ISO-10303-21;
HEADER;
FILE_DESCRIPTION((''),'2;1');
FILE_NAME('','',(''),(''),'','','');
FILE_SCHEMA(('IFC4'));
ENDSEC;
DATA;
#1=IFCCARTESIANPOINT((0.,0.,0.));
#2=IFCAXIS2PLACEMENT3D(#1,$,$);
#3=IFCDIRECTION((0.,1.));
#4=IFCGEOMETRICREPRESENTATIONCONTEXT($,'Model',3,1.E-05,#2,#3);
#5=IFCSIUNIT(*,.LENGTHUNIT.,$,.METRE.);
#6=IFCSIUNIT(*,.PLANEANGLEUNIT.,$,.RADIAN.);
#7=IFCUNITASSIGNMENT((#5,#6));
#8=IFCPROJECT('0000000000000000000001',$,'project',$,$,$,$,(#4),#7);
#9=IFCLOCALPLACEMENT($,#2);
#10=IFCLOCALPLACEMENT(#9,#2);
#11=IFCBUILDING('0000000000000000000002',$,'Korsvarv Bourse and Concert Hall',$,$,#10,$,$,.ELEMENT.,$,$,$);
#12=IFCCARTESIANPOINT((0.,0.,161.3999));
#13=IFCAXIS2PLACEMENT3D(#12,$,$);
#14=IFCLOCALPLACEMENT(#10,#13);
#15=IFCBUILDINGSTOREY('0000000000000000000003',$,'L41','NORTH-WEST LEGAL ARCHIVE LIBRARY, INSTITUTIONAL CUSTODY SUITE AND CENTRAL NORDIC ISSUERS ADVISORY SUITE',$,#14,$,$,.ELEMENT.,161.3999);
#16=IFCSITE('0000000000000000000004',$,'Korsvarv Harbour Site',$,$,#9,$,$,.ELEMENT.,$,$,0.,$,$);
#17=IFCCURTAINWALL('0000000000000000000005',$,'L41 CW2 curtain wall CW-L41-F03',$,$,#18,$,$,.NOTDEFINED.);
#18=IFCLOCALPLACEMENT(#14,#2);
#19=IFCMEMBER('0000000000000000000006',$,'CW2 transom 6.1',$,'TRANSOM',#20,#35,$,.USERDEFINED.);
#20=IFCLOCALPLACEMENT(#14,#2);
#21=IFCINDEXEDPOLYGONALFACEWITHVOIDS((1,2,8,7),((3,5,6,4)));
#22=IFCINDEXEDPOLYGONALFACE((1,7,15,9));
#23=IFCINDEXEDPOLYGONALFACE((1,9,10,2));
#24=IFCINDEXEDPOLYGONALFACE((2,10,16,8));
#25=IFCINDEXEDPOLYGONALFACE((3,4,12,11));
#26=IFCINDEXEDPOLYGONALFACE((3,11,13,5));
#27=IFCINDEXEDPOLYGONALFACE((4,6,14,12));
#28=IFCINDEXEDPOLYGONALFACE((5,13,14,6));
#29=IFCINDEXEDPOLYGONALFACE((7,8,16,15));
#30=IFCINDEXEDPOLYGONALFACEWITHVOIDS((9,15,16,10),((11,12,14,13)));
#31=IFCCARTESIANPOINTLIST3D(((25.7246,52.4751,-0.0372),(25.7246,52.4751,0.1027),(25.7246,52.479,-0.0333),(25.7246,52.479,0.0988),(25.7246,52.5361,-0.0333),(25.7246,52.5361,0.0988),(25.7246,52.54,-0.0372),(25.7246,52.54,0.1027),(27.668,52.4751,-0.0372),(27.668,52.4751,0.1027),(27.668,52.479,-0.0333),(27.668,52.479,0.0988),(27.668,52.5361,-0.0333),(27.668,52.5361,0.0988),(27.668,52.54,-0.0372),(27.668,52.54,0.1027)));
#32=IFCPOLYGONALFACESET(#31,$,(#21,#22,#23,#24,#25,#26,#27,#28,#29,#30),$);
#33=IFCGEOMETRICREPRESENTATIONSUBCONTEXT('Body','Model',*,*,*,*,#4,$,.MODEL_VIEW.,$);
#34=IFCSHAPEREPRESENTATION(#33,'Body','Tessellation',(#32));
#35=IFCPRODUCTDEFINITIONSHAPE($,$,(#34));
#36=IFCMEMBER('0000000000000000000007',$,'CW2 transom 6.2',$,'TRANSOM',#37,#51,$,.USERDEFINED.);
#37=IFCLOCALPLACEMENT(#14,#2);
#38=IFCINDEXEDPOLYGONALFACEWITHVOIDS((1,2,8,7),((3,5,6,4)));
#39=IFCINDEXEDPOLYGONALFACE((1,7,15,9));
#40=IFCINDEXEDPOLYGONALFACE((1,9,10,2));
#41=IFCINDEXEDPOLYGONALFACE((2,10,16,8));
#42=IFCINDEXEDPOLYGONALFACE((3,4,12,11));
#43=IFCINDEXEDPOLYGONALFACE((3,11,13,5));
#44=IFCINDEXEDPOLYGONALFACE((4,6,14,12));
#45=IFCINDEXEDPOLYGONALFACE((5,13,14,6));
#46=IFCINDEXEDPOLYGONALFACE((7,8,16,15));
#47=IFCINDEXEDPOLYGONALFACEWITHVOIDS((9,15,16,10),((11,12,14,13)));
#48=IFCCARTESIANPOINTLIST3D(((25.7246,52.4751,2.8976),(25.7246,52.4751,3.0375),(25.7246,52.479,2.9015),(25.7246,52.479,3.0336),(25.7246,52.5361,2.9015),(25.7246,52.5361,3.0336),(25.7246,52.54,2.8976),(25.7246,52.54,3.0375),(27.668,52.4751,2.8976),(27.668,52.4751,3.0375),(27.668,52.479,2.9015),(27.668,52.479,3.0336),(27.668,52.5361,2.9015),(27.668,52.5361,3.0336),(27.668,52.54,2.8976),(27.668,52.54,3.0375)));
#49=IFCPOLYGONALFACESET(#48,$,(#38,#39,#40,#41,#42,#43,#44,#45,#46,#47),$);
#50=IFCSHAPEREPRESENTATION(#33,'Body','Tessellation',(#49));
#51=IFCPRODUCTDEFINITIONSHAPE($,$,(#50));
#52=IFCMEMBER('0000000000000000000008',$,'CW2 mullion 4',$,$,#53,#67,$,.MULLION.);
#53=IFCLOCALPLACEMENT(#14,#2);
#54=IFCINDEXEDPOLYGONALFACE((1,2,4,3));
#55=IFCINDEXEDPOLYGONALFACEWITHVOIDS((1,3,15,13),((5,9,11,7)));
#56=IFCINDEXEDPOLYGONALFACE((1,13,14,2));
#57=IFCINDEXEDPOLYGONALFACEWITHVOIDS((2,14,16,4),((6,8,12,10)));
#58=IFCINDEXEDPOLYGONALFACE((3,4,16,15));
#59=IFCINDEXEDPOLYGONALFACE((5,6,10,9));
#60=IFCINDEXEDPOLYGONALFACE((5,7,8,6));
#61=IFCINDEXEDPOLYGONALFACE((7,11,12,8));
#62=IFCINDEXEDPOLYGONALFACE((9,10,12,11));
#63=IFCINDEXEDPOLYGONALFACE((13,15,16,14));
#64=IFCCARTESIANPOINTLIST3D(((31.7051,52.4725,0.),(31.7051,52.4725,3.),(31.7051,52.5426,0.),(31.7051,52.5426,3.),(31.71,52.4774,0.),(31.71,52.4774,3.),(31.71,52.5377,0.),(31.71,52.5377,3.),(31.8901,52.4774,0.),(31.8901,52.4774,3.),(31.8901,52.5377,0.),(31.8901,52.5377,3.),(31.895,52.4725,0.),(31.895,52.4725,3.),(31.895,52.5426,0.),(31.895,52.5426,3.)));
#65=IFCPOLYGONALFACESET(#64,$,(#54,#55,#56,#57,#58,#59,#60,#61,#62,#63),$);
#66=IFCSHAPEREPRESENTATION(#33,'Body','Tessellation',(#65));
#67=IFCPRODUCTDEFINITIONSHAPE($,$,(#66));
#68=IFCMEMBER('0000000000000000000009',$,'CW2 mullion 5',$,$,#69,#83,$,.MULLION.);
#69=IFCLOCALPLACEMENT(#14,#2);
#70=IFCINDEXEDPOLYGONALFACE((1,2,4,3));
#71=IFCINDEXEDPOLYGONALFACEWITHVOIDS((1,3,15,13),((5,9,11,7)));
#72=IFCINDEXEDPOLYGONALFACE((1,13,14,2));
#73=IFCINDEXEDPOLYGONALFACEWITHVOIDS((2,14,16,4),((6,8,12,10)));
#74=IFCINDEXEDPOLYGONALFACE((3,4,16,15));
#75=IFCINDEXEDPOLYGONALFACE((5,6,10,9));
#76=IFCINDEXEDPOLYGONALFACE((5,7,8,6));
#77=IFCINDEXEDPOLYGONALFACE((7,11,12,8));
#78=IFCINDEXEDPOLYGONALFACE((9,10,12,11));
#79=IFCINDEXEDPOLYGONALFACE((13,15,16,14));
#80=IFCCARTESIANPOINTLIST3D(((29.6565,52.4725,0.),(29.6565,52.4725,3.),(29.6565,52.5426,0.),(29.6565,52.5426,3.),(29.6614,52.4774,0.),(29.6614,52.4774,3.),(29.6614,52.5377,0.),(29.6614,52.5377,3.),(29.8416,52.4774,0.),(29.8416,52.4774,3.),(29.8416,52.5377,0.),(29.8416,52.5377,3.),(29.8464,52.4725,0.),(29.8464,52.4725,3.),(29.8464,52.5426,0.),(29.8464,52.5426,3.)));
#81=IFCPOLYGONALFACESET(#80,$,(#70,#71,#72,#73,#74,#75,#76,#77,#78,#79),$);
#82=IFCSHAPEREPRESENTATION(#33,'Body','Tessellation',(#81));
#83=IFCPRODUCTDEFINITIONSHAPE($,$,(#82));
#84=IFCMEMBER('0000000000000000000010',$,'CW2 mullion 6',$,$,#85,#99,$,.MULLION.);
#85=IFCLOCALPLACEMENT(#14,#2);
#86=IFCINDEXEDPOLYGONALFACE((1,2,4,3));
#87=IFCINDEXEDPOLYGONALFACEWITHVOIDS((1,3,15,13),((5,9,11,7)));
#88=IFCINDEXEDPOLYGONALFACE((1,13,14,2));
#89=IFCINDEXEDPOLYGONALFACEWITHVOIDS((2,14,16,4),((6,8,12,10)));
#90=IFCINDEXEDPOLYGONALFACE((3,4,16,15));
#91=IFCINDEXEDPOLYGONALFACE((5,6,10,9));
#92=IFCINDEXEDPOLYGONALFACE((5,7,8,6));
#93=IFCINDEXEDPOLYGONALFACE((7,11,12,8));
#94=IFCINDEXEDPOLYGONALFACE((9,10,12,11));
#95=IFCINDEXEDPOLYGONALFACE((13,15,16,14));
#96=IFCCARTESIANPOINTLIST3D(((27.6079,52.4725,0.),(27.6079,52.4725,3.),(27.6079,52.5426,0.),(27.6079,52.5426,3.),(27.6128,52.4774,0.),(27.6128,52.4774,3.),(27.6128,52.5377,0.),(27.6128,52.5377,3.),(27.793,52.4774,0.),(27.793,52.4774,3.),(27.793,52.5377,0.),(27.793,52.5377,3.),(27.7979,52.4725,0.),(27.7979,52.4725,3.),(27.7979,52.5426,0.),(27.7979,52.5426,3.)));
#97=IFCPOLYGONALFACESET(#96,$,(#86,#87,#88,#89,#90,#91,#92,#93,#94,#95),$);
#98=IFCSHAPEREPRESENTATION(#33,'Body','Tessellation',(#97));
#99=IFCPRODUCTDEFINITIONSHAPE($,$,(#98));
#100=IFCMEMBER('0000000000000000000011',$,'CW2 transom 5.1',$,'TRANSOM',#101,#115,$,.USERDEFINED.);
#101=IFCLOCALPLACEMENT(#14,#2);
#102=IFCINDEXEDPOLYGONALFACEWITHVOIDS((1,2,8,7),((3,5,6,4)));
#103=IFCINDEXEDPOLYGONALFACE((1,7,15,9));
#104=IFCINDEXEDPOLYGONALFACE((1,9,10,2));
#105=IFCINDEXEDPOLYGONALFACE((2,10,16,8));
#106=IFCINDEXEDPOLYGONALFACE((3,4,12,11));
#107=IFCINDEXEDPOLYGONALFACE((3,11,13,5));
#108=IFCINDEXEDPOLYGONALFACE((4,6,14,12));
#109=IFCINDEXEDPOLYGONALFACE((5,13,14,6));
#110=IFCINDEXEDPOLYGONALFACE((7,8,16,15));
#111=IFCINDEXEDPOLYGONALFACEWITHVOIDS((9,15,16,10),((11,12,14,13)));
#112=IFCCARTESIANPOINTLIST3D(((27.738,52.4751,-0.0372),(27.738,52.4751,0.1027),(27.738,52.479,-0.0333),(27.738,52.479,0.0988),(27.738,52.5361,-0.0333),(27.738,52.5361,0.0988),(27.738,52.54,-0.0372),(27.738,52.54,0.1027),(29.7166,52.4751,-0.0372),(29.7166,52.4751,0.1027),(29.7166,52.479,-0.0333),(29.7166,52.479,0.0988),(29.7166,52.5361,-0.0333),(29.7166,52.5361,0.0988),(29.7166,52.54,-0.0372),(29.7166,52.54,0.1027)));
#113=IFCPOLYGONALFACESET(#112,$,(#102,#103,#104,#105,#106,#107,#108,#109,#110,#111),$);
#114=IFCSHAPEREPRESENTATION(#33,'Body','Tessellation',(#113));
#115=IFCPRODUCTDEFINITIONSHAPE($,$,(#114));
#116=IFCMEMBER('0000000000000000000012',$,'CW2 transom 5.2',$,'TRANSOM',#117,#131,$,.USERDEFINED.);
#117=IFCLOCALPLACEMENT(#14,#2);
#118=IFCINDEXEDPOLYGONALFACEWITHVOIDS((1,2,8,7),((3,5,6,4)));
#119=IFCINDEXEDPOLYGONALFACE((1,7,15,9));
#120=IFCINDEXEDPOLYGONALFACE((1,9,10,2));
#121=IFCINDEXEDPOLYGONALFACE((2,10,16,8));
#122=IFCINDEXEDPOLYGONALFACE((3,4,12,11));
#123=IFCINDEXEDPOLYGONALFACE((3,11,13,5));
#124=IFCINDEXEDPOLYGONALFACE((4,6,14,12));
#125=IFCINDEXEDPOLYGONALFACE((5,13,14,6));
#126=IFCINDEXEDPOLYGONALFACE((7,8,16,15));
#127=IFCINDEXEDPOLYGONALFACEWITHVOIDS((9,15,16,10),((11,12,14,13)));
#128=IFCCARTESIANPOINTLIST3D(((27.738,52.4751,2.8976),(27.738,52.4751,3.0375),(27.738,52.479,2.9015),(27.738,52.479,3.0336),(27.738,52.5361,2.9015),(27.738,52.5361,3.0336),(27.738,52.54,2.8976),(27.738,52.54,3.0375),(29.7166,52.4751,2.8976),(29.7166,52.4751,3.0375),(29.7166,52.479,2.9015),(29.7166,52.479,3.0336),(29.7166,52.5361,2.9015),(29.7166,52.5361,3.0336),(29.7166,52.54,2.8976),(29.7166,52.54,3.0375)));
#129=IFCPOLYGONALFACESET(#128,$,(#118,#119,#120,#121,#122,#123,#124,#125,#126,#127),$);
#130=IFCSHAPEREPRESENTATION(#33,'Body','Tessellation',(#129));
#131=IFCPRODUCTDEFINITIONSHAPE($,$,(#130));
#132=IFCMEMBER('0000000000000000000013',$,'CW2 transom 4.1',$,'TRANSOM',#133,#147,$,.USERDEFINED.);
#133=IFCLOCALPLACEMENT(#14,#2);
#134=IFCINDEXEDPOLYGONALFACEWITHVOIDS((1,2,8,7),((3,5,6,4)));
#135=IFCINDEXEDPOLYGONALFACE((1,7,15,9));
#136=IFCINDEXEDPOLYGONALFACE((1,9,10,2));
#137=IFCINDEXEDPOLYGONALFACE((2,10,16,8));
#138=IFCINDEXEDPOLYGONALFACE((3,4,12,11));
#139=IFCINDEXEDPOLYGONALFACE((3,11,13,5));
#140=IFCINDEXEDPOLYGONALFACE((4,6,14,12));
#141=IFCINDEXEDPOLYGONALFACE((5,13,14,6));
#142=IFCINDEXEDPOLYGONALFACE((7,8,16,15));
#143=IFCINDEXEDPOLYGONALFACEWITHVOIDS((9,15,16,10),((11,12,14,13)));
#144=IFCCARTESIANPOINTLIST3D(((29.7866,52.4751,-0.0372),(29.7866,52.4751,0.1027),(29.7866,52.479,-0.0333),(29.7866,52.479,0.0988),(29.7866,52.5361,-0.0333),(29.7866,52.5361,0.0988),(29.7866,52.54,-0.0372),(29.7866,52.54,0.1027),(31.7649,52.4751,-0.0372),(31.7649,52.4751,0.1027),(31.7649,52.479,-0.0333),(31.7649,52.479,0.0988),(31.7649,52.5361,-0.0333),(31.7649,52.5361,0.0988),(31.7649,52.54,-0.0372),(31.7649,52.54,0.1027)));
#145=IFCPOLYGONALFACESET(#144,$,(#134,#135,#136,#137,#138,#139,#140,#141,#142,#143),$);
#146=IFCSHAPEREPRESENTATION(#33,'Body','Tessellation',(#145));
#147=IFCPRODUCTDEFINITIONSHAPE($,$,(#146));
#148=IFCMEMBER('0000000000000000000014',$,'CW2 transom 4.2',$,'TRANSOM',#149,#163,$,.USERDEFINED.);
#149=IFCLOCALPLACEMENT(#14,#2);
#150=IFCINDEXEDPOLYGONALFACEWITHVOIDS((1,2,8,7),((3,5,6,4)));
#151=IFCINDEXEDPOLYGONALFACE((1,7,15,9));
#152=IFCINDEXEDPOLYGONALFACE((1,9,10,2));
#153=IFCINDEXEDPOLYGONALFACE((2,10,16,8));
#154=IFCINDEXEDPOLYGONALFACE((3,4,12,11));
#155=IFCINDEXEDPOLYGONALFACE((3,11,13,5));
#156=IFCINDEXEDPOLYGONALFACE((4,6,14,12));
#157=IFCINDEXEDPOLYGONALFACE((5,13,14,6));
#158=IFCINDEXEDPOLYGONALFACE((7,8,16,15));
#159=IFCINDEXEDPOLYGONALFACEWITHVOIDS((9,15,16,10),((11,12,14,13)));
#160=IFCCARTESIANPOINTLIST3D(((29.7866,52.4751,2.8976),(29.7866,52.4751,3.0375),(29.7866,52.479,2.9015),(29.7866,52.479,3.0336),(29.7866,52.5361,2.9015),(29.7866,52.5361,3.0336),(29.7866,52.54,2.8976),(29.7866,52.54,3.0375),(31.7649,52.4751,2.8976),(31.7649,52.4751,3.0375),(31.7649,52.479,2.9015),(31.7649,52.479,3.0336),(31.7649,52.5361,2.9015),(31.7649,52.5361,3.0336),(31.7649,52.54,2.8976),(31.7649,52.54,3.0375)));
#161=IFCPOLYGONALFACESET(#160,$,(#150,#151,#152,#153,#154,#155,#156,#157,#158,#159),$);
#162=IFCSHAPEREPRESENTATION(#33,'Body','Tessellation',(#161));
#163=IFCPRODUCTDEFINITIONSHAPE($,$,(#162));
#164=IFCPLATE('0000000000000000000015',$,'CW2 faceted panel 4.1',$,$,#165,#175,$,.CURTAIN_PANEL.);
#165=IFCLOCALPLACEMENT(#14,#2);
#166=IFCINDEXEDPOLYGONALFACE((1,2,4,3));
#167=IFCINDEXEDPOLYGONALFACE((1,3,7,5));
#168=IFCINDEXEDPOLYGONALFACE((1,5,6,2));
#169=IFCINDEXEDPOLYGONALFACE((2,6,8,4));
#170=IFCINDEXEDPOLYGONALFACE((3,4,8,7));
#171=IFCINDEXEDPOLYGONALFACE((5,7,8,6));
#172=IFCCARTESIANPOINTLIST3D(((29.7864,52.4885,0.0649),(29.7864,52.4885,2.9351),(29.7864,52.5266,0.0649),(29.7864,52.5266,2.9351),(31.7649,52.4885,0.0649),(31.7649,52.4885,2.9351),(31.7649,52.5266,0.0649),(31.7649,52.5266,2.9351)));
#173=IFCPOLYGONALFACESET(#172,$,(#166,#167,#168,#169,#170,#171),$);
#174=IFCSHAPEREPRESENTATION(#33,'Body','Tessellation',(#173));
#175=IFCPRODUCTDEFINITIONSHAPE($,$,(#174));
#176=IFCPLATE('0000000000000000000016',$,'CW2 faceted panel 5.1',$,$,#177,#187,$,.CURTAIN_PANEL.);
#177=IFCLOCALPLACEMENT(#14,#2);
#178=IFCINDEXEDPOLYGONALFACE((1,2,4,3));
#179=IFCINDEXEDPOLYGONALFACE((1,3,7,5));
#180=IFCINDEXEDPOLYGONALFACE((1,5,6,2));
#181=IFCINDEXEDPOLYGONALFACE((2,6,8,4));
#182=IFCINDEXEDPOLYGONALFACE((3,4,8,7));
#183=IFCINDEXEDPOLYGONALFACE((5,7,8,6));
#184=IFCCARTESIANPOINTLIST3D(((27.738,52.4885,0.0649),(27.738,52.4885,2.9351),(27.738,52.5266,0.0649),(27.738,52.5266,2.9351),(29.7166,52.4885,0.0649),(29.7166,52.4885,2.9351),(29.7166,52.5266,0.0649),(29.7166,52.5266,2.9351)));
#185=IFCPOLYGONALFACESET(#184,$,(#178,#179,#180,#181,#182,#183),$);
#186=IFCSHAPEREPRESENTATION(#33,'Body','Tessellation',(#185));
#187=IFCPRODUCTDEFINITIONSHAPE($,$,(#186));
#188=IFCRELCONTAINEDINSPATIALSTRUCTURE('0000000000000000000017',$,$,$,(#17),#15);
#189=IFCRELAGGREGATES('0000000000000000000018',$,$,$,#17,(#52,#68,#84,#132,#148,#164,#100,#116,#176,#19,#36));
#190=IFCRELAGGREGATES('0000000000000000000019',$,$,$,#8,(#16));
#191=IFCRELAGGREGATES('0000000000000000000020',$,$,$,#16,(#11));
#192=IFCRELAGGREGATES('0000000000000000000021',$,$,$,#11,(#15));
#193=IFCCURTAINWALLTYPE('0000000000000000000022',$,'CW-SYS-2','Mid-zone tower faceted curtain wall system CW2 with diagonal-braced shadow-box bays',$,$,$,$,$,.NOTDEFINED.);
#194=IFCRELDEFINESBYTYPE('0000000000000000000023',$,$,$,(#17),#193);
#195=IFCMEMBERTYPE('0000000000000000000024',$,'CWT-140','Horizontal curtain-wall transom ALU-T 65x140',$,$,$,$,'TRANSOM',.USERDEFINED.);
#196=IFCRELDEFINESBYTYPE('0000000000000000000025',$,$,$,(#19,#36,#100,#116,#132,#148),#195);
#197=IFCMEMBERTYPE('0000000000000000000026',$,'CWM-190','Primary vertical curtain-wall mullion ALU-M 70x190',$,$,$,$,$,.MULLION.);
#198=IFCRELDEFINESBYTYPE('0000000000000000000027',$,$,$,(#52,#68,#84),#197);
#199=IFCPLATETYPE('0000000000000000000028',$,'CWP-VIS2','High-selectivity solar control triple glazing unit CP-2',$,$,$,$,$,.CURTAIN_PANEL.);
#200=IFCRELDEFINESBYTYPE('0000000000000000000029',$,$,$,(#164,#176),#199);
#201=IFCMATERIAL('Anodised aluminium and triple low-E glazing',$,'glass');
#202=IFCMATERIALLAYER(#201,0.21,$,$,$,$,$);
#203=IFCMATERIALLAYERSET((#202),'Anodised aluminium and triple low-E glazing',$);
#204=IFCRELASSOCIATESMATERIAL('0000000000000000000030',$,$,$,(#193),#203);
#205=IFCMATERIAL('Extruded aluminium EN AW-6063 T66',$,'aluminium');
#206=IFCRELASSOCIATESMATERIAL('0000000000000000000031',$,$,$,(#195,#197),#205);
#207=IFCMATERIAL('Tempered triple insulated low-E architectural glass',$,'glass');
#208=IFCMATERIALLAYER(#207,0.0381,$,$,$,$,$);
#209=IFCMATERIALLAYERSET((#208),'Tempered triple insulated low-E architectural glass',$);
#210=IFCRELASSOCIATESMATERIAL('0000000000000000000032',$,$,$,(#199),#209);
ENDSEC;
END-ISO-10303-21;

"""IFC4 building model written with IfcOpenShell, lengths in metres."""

from ifc_helpers import new_model, si_unit, direction, frame, origin, origin_2d, place, context, subcontext, project, spatial, rectangle, hollow_rectangle, extrude, source, transform, mapped, material, layer, layer_set, material_profile, profile_set, type_object, element, aggregate, save


model = new_model("IFC4")

# Units and contexts
model_context = context("Model", 3, precision=1e-05, world=origin(), true_north=direction((0.0, 1.0)))
body_context = subcontext(model_context, "Body", "Model", "MODEL_VIEW")
ifc_project = project(units=[si_unit("LENGTHUNIT", "METRE"), si_unit("PLANEANGLEUNIT", "RADIAN")], contexts=[model_context])

# Site, building, storey
site_placement = place(None, origin())
site = spatial("IfcSite", under=ifc_project, at=site_placement, Name="Korsvarv Harbour Site", CompositionType="ELEMENT", RefElevation=0.0)
building_placement = place(site_placement, origin())
building = spatial("IfcBuilding", under=site, at=building_placement, Name="Korsvarv Bourse and Concert Hall", CompositionType="ELEMENT")
storey_placement = place(building_placement, frame((0.0, 0.0, 161.3999)))
storey = spatial("IfcBuildingStorey", under=building, at=storey_placement, Name="L41", Description="NORTH-WEST LEGAL ARCHIVE LIBRARY, INSTITUTIONAL CUSTODY SUITE AND CENTRAL NORDIC ISSUERS ADVISORY SUITE", CompositionType="ELEMENT", Elevation=161.3999)

# Curtain wall, members, plates
ifc_material_1 = material(Name="Anodised aluminium and triple low-E glazing", Category="glass")
ifc_layer_1 = layer(ifc_material_1, 0.21)
ifc_layer_set_1 = layer_set([ifc_layer_1], Name="Anodised aluminium and triple low-E glazing")
curtain_wall_type = type_object("IfcCurtainWallType", Name="CW-SYS-2", Description="Mid-zone tower faceted curtain wall system CW2 with diagonal-braced shadow-box bays", PredefinedType="NOTDEFINED", material=ifc_layer_set_1)
curtain_wall_placement = place(storey_placement, origin())
curtain_wall = element("IfcCurtainWall", 1, at=curtain_wall_placement, inside=storey, type_object=curtain_wall_type, Name="L41 CW2 curtain wall CW-L41-F03", PredefinedType="NOTDEFINED")
ifc_material_2 = material(Name="Extruded aluminium EN AW-6063 T66", Category="aluminium")
ifc_material_profile_1 = material_profile(ifc_material_2, hollow_rectangle(XDim=0.0649, YDim=0.1399, WallThickness=0.0039, at=origin_2d()), Name="ALU-T 65x140")
ifc_profile_set_1 = profile_set([ifc_material_profile_1], Name="Extruded aluminium EN AW-6063 T66")
member_type_1 = type_object("IfcMemberType", Name="CWT-140", Description="Horizontal curtain-wall transom ALU-T 65x140", ElementType="TRANSOM", PredefinedType="USERDEFINED", material=ifc_profile_set_1)
shared_shape_1 = source(origin(), body_context, "Body", "SweptSolid", [
    extrude(hollow_rectangle(XDim=0.0649, YDim=0.1399, WallThickness=0.0039, at=origin_2d()), origin(), (0.0, 0.0, 1.0), 1.9434),
])
member_1_placement = place(storey_placement, frame((27.668, 52.5076, 0.0327), z_axis=(-1.0, 0.0, 0.0), x_axis=(0.0, -1.0, 0.0)))
member_1 = element("IfcMember", 2, at=member_1_placement, type_object=member_type_1, Name="CW2 transom 6.1", ObjectType="TRANSOM", PredefinedType="USERDEFINED", context=body_context, shape_type="MappedRepresentation", body=[
    mapped(shared_shape_1, transform((0.0, 0.0, 0.0), scale=1.0)),
])
member_2_placement = place(storey_placement, frame((27.668, 52.5076, 2.9675), z_axis=(-1.0, 0.0, 0.0), x_axis=(0.0, -1.0, 0.0)))
member_2 = element("IfcMember", 3, at=member_2_placement, type_object=member_type_1, Name="CW2 transom 6.2", ObjectType="TRANSOM", PredefinedType="USERDEFINED", context=body_context, shape_type="MappedRepresentation", body=[
    mapped(shared_shape_1, transform((0.0, 0.0, 0.0), scale=1.0)),
])
ifc_material_profile_2 = material_profile(ifc_material_2, hollow_rectangle(XDim=0.0701, YDim=0.1899, WallThickness=0.0049, at=origin_2d()), Name="ALU-M 70x190")
ifc_profile_set_2 = profile_set([ifc_material_profile_2], Name="Extruded aluminium EN AW-6063 T66")
member_type_2 = type_object("IfcMemberType", Name="CWM-190", Description="Primary vertical curtain-wall mullion ALU-M 70x190", PredefinedType="MULLION", material=ifc_profile_set_2)
shared_shape_2 = source(origin(), body_context, "Body", "SweptSolid", [
    extrude(hollow_rectangle(XDim=0.0701, YDim=0.1899, WallThickness=0.0049, at=origin_2d()), origin(), (0.0, 0.0, 1.0), 3.0),
])
member_3_placement = place(storey_placement, frame((31.8, 52.5076, 0.0), z_axis=(0.0, 0.0, 1.0), x_axis=(0.0, -1.0, 0.0)))
member_3 = element("IfcMember", 4, at=member_3_placement, type_object=member_type_2, Name="CW2 mullion 4", PredefinedType="MULLION", context=body_context, shape_type="MappedRepresentation", body=[
    mapped(shared_shape_2, transform((0.0, 0.0, 0.0), scale=1.0)),
])
member_4_placement = place(storey_placement, frame((29.7515, 52.5076, 0.0), z_axis=(0.0, 0.0, 1.0), x_axis=(0.0, -1.0, 0.0)))
member_4 = element("IfcMember", 5, at=member_4_placement, type_object=member_type_2, Name="CW2 mullion 5", PredefinedType="MULLION", context=body_context, shape_type="MappedRepresentation", body=[
    mapped(shared_shape_2, transform((0.0, 0.0, 0.0), scale=1.0)),
])
member_5_placement = place(storey_placement, frame((27.7029, 52.5076, 0.0), z_axis=(0.0, 0.0, 1.0), x_axis=(0.0, -1.0, 0.0)))
member_5 = element("IfcMember", 6, at=member_5_placement, type_object=member_type_2, Name="CW2 mullion 6", PredefinedType="MULLION", context=body_context, shape_type="MappedRepresentation", body=[
    mapped(shared_shape_2, transform((0.0, 0.0, 0.0), scale=1.0)),
])
shared_shape_3 = source(origin(), body_context, "Body", "SweptSolid", [
    extrude(hollow_rectangle(XDim=0.0649, YDim=0.1399, WallThickness=0.0039, at=origin_2d()), origin(), (0.0, 0.0, 1.0), 1.9785),
])
member_6_placement = place(storey_placement, frame((29.7166, 52.5076, 0.0327), z_axis=(-1.0, 0.0, 0.0), x_axis=(0.0, -1.0, 0.0)))
member_6 = element("IfcMember", 7, at=member_6_placement, type_object=member_type_1, Name="CW2 transom 5.1", ObjectType="TRANSOM", PredefinedType="USERDEFINED", context=body_context, shape_type="MappedRepresentation", body=[
    mapped(shared_shape_3, transform((0.0, 0.0, 0.0), scale=1.0)),
])
member_7_placement = place(storey_placement, frame((29.7166, 52.5076, 2.9675), z_axis=(-1.0, 0.0, 0.0), x_axis=(0.0, -1.0, 0.0)))
member_7 = element("IfcMember", 8, at=member_7_placement, type_object=member_type_1, Name="CW2 transom 5.2", ObjectType="TRANSOM", PredefinedType="USERDEFINED", context=body_context, shape_type="MappedRepresentation", body=[
    mapped(shared_shape_3, transform((0.0, 0.0, 0.0), scale=1.0)),
])
shared_shape_4 = source(origin(), body_context, "Body", "SweptSolid", [
    extrude(hollow_rectangle(XDim=0.0649, YDim=0.1399, WallThickness=0.0039, at=origin_2d()), origin(), (0.0, 0.0, 1.0), 1.9783),
])
member_8_placement = place(storey_placement, frame((31.7649, 52.5076, 0.0327), z_axis=(-1.0, 0.0, 0.0), x_axis=(0.0, -1.0, 0.0)))
member_8 = element("IfcMember", 9, at=member_8_placement, type_object=member_type_1, Name="CW2 transom 4.1", ObjectType="TRANSOM", PredefinedType="USERDEFINED", context=body_context, shape_type="MappedRepresentation", body=[
    mapped(shared_shape_4, transform((0.0, 0.0, 0.0), scale=1.0)),
])
member_9_placement = place(storey_placement, frame((31.7649, 52.5076, 2.9675), z_axis=(-1.0, 0.0, 0.0), x_axis=(0.0, -1.0, 0.0)))
member_9 = element("IfcMember", 10, at=member_9_placement, type_object=member_type_1, Name="CW2 transom 4.2", ObjectType="TRANSOM", PredefinedType="USERDEFINED", context=body_context, shape_type="MappedRepresentation", body=[
    mapped(shared_shape_4, transform((0.0, 0.0, 0.0), scale=1.0)),
])
ifc_material_3 = material(Name="Tempered triple insulated low-E architectural glass", Category="glass")
ifc_layer_2 = layer(ifc_material_3, 0.0381)
ifc_layer_set_2 = layer_set([ifc_layer_2], Name="Tempered triple insulated low-E architectural glass")
plate_type = type_object("IfcPlateType", Name="CWP-VIS2", Description="High-selectivity solar control triple glazing unit CP-2", PredefinedType="CURTAIN_PANEL", material=ifc_layer_set_2)
shared_shape_5 = source(origin(), body_context, "Body", "SweptSolid", [
    extrude(rectangle(XDim=1.9785, YDim=0.0381, at=origin_2d()), origin(), (0.0, 0.0, 1.0), 2.8701),
])
plate_1_placement = place(storey_placement, frame((30.7756, 52.5076, 0.0649), z_axis=(0.0, 0.0, 1.0), x_axis=(-1.0, 0.0, 0.0)))
plate_1 = element("IfcPlate", 11, at=plate_1_placement, type_object=plate_type, Name="CW2 faceted panel 4.1", PredefinedType="CURTAIN_PANEL", context=body_context, shape_type="MappedRepresentation", body=[
    mapped(shared_shape_5, transform((0.0, 0.0, 0.0), scale=1.0)),
])
plate_2_placement = place(storey_placement, frame((28.7273, 52.5076, 0.0649), z_axis=(0.0, 0.0, 1.0), x_axis=(-1.0, 0.0, 0.0)))
plate_2 = element("IfcPlate", 12, at=plate_2_placement, type_object=plate_type, Name="CW2 faceted panel 5.1", PredefinedType="CURTAIN_PANEL", context=body_context, shape_type="MappedRepresentation", body=[
    mapped(shared_shape_5, transform((0.0, 0.0, 0.0), scale=1.0)),
])
aggregate(curtain_wall, [member_3, member_4, member_5, member_8, member_9, plate_1, member_6, member_7, plate_2, member_1, member_2])

save(model, "model.ifc")
